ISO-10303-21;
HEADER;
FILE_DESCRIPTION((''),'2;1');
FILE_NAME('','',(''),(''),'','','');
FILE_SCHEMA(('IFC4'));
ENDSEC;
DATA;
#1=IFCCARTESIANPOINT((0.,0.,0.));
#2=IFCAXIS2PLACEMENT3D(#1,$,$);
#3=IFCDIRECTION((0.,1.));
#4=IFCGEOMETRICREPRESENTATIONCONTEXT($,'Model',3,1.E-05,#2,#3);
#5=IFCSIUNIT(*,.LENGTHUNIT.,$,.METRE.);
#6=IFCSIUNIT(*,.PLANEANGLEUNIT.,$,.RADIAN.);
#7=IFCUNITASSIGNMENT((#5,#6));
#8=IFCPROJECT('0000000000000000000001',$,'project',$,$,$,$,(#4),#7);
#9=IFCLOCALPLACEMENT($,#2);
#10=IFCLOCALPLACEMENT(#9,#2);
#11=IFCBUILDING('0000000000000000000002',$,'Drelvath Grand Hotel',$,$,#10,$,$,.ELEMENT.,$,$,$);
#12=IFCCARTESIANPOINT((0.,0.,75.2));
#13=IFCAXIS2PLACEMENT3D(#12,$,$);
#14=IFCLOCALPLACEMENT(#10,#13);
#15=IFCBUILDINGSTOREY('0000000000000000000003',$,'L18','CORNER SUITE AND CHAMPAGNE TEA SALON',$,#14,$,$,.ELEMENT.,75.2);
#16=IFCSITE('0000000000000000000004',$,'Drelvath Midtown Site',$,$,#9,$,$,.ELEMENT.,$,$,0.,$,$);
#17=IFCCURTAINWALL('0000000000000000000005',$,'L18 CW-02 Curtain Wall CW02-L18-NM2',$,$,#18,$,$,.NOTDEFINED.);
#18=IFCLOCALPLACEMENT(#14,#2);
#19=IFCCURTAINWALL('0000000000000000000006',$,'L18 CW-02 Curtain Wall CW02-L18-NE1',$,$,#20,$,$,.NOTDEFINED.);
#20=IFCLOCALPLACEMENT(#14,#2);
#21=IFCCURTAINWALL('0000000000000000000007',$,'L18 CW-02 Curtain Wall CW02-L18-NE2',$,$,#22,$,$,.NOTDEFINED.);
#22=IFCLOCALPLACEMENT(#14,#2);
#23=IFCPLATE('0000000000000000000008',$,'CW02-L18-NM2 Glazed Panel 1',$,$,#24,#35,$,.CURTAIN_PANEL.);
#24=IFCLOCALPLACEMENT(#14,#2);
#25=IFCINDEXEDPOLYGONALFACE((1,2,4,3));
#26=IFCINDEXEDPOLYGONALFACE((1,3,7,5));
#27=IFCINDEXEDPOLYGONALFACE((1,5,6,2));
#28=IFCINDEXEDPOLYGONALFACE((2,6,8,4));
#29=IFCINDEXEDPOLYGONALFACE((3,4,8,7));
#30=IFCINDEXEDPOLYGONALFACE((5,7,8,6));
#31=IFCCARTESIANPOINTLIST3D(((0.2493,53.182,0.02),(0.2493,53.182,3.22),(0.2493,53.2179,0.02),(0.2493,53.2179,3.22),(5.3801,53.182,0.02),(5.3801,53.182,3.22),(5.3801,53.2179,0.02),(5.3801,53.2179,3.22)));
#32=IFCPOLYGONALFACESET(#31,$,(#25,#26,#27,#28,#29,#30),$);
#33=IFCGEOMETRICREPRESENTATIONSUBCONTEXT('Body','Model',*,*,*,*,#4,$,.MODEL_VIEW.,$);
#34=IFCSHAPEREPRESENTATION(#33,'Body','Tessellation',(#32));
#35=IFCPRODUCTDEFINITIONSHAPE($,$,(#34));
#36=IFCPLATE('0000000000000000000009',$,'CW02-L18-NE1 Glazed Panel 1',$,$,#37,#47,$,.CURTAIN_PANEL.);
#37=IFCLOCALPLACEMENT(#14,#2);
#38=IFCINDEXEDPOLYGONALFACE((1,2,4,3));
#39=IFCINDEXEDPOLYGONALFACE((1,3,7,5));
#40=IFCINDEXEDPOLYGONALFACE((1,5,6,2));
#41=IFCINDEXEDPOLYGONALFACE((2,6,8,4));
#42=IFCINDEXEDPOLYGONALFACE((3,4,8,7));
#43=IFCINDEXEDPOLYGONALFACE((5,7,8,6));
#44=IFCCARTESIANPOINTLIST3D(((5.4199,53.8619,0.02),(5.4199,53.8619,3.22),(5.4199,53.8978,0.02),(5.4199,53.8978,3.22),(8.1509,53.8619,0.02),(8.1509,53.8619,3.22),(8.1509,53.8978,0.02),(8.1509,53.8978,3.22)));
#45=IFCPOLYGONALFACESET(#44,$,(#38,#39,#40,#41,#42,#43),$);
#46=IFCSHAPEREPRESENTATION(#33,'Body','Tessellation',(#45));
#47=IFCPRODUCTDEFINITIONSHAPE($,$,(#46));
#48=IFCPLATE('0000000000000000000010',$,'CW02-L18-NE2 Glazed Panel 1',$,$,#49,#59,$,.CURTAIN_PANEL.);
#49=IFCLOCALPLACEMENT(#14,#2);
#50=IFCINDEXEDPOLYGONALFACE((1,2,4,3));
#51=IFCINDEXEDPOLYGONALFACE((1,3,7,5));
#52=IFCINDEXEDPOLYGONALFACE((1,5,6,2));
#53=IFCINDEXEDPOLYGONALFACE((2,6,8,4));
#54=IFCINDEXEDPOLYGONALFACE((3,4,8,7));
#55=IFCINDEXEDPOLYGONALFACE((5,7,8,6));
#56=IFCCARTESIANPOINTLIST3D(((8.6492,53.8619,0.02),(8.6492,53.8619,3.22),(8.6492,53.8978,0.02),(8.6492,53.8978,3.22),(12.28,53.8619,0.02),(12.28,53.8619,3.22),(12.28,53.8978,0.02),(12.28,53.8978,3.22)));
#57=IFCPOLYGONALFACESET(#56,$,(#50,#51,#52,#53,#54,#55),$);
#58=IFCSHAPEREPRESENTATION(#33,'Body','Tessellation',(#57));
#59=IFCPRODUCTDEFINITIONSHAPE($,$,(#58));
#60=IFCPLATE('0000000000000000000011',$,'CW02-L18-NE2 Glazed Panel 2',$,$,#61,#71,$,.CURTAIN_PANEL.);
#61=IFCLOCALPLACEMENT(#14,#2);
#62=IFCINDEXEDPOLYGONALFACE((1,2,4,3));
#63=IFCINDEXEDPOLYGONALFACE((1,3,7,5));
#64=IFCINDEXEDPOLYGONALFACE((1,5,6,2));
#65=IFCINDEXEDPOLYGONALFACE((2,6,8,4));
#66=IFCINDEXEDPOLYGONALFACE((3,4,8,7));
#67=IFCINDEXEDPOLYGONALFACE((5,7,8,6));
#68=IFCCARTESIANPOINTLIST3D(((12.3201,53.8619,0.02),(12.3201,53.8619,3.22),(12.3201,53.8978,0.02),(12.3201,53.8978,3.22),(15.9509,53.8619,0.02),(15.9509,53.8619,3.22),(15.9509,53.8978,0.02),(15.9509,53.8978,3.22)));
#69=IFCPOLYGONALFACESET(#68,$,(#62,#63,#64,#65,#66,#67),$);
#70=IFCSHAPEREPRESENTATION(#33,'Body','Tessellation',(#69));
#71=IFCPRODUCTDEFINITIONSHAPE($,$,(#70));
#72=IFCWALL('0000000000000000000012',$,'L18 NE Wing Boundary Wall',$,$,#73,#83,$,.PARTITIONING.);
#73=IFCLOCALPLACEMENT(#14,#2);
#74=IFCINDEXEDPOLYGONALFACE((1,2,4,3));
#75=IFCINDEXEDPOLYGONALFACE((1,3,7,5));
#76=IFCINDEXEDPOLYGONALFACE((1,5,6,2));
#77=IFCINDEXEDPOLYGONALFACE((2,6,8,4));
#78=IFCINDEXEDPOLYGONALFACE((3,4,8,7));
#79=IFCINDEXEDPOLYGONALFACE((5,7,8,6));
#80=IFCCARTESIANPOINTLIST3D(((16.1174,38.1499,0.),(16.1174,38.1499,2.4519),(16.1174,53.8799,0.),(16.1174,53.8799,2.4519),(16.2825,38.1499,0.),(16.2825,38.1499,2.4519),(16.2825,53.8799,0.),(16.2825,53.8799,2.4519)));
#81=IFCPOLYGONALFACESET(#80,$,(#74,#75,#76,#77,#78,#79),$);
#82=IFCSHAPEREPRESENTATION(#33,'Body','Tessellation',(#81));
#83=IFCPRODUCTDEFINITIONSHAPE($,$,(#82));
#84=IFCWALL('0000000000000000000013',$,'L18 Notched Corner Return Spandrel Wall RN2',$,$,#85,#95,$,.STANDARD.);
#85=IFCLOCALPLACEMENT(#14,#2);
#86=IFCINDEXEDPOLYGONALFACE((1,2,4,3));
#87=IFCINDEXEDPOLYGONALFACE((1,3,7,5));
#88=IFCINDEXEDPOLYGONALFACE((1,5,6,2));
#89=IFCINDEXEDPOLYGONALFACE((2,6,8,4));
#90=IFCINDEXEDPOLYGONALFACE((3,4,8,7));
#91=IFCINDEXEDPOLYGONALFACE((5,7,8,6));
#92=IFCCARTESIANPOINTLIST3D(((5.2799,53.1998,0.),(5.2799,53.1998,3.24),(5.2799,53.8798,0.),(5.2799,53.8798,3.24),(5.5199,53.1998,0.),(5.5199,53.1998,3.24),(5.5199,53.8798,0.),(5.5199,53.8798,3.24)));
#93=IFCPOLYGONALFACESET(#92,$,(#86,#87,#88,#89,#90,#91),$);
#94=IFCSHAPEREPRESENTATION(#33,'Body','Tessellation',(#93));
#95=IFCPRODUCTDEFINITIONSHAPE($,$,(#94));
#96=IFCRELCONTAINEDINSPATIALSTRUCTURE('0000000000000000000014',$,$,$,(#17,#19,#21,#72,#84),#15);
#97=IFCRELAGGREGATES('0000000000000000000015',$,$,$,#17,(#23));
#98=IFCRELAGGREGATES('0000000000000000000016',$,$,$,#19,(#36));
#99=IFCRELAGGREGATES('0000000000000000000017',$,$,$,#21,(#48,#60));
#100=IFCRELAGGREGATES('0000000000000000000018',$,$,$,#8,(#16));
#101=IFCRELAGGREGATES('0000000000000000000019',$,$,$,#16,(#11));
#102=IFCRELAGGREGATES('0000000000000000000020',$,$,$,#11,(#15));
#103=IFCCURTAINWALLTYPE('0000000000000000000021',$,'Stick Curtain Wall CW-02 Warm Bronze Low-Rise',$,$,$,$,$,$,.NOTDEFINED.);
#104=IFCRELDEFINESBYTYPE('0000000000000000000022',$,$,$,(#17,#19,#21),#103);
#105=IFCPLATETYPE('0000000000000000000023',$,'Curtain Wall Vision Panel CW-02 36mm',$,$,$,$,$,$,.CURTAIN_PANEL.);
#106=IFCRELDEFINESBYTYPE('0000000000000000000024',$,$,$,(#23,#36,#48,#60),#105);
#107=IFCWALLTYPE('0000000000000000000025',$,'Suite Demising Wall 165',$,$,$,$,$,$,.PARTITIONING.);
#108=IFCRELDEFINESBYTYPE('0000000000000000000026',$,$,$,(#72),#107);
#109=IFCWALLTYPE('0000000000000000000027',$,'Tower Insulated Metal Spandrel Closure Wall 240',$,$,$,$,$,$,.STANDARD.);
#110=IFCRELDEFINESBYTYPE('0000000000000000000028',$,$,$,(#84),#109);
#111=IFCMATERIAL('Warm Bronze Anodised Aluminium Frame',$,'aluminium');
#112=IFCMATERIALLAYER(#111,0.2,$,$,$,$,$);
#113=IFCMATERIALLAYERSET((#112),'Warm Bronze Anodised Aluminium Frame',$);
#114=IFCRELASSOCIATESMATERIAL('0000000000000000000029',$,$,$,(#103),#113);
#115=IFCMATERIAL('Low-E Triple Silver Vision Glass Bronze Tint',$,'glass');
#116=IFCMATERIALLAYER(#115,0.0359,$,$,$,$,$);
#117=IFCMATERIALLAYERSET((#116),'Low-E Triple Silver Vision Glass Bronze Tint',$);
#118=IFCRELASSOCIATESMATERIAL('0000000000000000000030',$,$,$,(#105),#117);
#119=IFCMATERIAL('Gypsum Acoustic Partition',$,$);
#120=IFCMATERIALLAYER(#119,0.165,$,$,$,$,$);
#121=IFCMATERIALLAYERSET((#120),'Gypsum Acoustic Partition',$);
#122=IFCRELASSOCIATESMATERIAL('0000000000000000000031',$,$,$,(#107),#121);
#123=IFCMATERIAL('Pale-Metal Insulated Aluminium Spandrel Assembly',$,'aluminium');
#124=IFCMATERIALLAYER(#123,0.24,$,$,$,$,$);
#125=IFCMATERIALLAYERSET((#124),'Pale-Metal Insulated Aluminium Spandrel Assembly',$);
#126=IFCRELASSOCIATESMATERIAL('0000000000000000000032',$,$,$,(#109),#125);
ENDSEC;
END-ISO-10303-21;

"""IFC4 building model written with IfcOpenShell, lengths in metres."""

from ifc_helpers import new_model, si_unit, direction, frame, frame_2d, origin, origin_2d, place, context, subcontext, project, spatial, rectangle, extrude, material, layer, layer_set, type_object, element, aggregate, save


model = new_model("IFC4")

# Units and contexts
model_context = context("Model", 3, precision=1e-05, world=origin(), true_north=direction((0.0, 1.0)))
body_context = subcontext(model_context, "Body", "Model", "MODEL_VIEW")
ifc_project = project(units=[si_unit("LENGTHUNIT", "METRE"), si_unit("PLANEANGLEUNIT", "RADIAN")], contexts=[model_context])

# Site, building, storey
site_placement = place(None, origin())
site = spatial("IfcSite", under=ifc_project, at=site_placement, Name="Drelvath Midtown Site", CompositionType="ELEMENT", RefElevation=0.0)
building_placement = place(site_placement, origin())
building = spatial("IfcBuilding", under=site, at=building_placement, Name="Drelvath Grand Hotel", CompositionType="ELEMENT")
storey_placement = place(building_placement, frame((0.0, 0.0, 75.2)))
storey = spatial("IfcBuildingStorey", under=building, at=storey_placement, Name="L18", Description="CORNER SUITE AND CHAMPAGNE TEA SALON", CompositionType="ELEMENT", Elevation=75.2)

# Curtain walls
ifc_material_1 = material(Name="Warm Bronze Anodised Aluminium Frame", Category="aluminium")
ifc_layer_1 = layer(ifc_material_1, 0.2)
ifc_layer_set_1 = layer_set([ifc_layer_1], Name="Warm Bronze Anodised Aluminium Frame")
curtain_wall_type = type_object("IfcCurtainWallType", Name="Stick Curtain Wall CW-02 Warm Bronze Low-Rise", PredefinedType="NOTDEFINED", material=ifc_layer_set_1)
curtain_wall_1_placement = place(storey_placement, origin())
curtain_wall_1 = element("IfcCurtainWall", 1, at=curtain_wall_1_placement, inside=storey, type_object=curtain_wall_type, Name="L18 CW-02 Curtain Wall CW02-L18-NM2", PredefinedType="NOTDEFINED")
curtain_wall_2_placement = place(storey_placement, origin())
curtain_wall_2 = element("IfcCurtainWall", 2, at=curtain_wall_2_placement, inside=storey, type_object=curtain_wall_type, Name="L18 CW-02 Curtain Wall CW02-L18-NE1", PredefinedType="NOTDEFINED")
curtain_wall_3_placement = place(storey_placement, origin())
curtain_wall_3 = element("IfcCurtainWall", 3, at=curtain_wall_3_placement, inside=storey, type_object=curtain_wall_type, Name="L18 CW-02 Curtain Wall CW02-L18-NE2", PredefinedType="NOTDEFINED")

# Plates
ifc_material_2 = material(Name="Low-E Triple Silver Vision Glass Bronze Tint", Category="glass")
ifc_layer_2 = layer(ifc_material_2, 0.0359)
ifc_layer_set_2 = layer_set([ifc_layer_2], Name="Low-E Triple Silver Vision Glass Bronze Tint")
plate_type = type_object("IfcPlateType", Name="Curtain Wall Vision Panel CW-02 36mm", PredefinedType="CURTAIN_PANEL", material=ifc_layer_set_2)
plate_1_placement = place(storey_placement, frame((2.8147, 53.2, 0.02), z_axis=(0.0, 0.0, 1.0), x_axis=(1.0, 0.0, 0.0)))
plate_1 = element("IfcPlate", 4, at=plate_1_placement, type_object=plate_type, Name="CW02-L18-NM2 Glazed Panel 1", PredefinedType="CURTAIN_PANEL", context=body_context, shape_type="SweptSolid", body=[
    extrude(rectangle(XDim=5.1309, YDim=0.0359, at=origin_2d()), origin(), (0.0, 0.0, 1.0), 3.2),
])
aggregate(curtain_wall_1, [plate_1])
plate_2_placement = place(storey_placement, frame((6.7854, 53.8799, 0.02), z_axis=(0.0, 0.0, 1.0), x_axis=(1.0, 0.0, 0.0)))
plate_2 = element("IfcPlate", 5, at=plate_2_placement, type_object=plate_type, Name="CW02-L18-NE1 Glazed Panel 1", PredefinedType="CURTAIN_PANEL", context=body_context, shape_type="SweptSolid", body=[
    extrude(rectangle(XDim=2.731, YDim=0.0359, at=origin_2d()), origin(), (0.0, 0.0, 1.0), 3.2),
])
aggregate(curtain_wall_2, [plate_2])
plate_3_placement = place(storey_placement, frame((10.4646, 53.8799, 0.02), z_axis=(0.0, 0.0, 1.0), x_axis=(1.0, 0.0, 0.0)))
plate_3 = element("IfcPlate", 6, at=plate_3_placement, type_object=plate_type, Name="CW02-L18-NE2 Glazed Panel 1", PredefinedType="CURTAIN_PANEL", context=body_context, shape_type="SweptSolid", body=[
    extrude(rectangle(XDim=3.6309, YDim=0.0359, at=origin_2d()), origin(), (0.0, 0.0, 1.0), 3.2),
])
plate_4_placement = place(storey_placement, frame((14.1355, 53.8799, 0.02), z_axis=(0.0, 0.0, 1.0), x_axis=(1.0, 0.0, 0.0)))
plate_4 = element("IfcPlate", 7, at=plate_4_placement, type_object=plate_type, Name="CW02-L18-NE2 Glazed Panel 2", PredefinedType="CURTAIN_PANEL", context=body_context, shape_type="SweptSolid", body=[
    extrude(rectangle(XDim=3.6309, YDim=0.0359, at=origin_2d()), origin(), (0.0, 0.0, 1.0), 3.2),
])
aggregate(curtain_wall_3, [plate_3, plate_4])

# Walls
ifc_material_3 = material(Name="Gypsum Acoustic Partition")
ifc_layer_3 = layer(ifc_material_3, 0.165)
ifc_layer_set_3 = layer_set([ifc_layer_3], Name="Gypsum Acoustic Partition")
wall_type_1 = type_object("IfcWallType", Name="Suite Demising Wall 165", PredefinedType="PARTITIONING", material=ifc_layer_set_3)
wall_1_placement = place(storey_placement, frame((16.2, 38.1499, 0.0), z_axis=(0.0, 0.0, 1.0), x_axis=(0.0, 1.0, 0.0)))
element("IfcWall", 8, at=wall_1_placement, inside=storey, type_object=wall_type_1, Name="L18 NE Wing Boundary Wall", PredefinedType="PARTITIONING", context=body_context, shape_type="SweptSolid", body=[
    extrude(rectangle(XDim=15.73, YDim=0.165, at=frame_2d((7.865, 0.0))), origin(), (0.0, 0.0, 1.0), 2.4519),
])
ifc_material_4 = material(Name="Pale-Metal Insulated Aluminium Spandrel Assembly", Category="aluminium")
ifc_layer_4 = layer(ifc_material_4, 0.24)
ifc_layer_set_4 = layer_set([ifc_layer_4], Name="Pale-Metal Insulated Aluminium Spandrel Assembly")
wall_type_2 = type_object("IfcWallType", Name="Tower Insulated Metal Spandrel Closure Wall 240", PredefinedType="STANDARD", material=ifc_layer_set_4)
wall_2_placement = place(storey_placement, frame((5.3999, 53.2, 0.0), z_axis=(0.0, 0.0, 1.0), x_axis=(0.0, 1.0, 0.0)))
element("IfcWall", 9, at=wall_2_placement, inside=storey, type_object=wall_type_2, Name="L18 Notched Corner Return Spandrel Wall RN2", PredefinedType="STANDARD", context=body_context, shape_type="SweptSolid", body=[
    extrude(rectangle(XDim=0.6799, YDim=0.24, at=frame_2d((0.3398, 0.0))), origin(), (0.0, 0.0, 1.0), 3.24),
])

save(model, "model.ifc")
